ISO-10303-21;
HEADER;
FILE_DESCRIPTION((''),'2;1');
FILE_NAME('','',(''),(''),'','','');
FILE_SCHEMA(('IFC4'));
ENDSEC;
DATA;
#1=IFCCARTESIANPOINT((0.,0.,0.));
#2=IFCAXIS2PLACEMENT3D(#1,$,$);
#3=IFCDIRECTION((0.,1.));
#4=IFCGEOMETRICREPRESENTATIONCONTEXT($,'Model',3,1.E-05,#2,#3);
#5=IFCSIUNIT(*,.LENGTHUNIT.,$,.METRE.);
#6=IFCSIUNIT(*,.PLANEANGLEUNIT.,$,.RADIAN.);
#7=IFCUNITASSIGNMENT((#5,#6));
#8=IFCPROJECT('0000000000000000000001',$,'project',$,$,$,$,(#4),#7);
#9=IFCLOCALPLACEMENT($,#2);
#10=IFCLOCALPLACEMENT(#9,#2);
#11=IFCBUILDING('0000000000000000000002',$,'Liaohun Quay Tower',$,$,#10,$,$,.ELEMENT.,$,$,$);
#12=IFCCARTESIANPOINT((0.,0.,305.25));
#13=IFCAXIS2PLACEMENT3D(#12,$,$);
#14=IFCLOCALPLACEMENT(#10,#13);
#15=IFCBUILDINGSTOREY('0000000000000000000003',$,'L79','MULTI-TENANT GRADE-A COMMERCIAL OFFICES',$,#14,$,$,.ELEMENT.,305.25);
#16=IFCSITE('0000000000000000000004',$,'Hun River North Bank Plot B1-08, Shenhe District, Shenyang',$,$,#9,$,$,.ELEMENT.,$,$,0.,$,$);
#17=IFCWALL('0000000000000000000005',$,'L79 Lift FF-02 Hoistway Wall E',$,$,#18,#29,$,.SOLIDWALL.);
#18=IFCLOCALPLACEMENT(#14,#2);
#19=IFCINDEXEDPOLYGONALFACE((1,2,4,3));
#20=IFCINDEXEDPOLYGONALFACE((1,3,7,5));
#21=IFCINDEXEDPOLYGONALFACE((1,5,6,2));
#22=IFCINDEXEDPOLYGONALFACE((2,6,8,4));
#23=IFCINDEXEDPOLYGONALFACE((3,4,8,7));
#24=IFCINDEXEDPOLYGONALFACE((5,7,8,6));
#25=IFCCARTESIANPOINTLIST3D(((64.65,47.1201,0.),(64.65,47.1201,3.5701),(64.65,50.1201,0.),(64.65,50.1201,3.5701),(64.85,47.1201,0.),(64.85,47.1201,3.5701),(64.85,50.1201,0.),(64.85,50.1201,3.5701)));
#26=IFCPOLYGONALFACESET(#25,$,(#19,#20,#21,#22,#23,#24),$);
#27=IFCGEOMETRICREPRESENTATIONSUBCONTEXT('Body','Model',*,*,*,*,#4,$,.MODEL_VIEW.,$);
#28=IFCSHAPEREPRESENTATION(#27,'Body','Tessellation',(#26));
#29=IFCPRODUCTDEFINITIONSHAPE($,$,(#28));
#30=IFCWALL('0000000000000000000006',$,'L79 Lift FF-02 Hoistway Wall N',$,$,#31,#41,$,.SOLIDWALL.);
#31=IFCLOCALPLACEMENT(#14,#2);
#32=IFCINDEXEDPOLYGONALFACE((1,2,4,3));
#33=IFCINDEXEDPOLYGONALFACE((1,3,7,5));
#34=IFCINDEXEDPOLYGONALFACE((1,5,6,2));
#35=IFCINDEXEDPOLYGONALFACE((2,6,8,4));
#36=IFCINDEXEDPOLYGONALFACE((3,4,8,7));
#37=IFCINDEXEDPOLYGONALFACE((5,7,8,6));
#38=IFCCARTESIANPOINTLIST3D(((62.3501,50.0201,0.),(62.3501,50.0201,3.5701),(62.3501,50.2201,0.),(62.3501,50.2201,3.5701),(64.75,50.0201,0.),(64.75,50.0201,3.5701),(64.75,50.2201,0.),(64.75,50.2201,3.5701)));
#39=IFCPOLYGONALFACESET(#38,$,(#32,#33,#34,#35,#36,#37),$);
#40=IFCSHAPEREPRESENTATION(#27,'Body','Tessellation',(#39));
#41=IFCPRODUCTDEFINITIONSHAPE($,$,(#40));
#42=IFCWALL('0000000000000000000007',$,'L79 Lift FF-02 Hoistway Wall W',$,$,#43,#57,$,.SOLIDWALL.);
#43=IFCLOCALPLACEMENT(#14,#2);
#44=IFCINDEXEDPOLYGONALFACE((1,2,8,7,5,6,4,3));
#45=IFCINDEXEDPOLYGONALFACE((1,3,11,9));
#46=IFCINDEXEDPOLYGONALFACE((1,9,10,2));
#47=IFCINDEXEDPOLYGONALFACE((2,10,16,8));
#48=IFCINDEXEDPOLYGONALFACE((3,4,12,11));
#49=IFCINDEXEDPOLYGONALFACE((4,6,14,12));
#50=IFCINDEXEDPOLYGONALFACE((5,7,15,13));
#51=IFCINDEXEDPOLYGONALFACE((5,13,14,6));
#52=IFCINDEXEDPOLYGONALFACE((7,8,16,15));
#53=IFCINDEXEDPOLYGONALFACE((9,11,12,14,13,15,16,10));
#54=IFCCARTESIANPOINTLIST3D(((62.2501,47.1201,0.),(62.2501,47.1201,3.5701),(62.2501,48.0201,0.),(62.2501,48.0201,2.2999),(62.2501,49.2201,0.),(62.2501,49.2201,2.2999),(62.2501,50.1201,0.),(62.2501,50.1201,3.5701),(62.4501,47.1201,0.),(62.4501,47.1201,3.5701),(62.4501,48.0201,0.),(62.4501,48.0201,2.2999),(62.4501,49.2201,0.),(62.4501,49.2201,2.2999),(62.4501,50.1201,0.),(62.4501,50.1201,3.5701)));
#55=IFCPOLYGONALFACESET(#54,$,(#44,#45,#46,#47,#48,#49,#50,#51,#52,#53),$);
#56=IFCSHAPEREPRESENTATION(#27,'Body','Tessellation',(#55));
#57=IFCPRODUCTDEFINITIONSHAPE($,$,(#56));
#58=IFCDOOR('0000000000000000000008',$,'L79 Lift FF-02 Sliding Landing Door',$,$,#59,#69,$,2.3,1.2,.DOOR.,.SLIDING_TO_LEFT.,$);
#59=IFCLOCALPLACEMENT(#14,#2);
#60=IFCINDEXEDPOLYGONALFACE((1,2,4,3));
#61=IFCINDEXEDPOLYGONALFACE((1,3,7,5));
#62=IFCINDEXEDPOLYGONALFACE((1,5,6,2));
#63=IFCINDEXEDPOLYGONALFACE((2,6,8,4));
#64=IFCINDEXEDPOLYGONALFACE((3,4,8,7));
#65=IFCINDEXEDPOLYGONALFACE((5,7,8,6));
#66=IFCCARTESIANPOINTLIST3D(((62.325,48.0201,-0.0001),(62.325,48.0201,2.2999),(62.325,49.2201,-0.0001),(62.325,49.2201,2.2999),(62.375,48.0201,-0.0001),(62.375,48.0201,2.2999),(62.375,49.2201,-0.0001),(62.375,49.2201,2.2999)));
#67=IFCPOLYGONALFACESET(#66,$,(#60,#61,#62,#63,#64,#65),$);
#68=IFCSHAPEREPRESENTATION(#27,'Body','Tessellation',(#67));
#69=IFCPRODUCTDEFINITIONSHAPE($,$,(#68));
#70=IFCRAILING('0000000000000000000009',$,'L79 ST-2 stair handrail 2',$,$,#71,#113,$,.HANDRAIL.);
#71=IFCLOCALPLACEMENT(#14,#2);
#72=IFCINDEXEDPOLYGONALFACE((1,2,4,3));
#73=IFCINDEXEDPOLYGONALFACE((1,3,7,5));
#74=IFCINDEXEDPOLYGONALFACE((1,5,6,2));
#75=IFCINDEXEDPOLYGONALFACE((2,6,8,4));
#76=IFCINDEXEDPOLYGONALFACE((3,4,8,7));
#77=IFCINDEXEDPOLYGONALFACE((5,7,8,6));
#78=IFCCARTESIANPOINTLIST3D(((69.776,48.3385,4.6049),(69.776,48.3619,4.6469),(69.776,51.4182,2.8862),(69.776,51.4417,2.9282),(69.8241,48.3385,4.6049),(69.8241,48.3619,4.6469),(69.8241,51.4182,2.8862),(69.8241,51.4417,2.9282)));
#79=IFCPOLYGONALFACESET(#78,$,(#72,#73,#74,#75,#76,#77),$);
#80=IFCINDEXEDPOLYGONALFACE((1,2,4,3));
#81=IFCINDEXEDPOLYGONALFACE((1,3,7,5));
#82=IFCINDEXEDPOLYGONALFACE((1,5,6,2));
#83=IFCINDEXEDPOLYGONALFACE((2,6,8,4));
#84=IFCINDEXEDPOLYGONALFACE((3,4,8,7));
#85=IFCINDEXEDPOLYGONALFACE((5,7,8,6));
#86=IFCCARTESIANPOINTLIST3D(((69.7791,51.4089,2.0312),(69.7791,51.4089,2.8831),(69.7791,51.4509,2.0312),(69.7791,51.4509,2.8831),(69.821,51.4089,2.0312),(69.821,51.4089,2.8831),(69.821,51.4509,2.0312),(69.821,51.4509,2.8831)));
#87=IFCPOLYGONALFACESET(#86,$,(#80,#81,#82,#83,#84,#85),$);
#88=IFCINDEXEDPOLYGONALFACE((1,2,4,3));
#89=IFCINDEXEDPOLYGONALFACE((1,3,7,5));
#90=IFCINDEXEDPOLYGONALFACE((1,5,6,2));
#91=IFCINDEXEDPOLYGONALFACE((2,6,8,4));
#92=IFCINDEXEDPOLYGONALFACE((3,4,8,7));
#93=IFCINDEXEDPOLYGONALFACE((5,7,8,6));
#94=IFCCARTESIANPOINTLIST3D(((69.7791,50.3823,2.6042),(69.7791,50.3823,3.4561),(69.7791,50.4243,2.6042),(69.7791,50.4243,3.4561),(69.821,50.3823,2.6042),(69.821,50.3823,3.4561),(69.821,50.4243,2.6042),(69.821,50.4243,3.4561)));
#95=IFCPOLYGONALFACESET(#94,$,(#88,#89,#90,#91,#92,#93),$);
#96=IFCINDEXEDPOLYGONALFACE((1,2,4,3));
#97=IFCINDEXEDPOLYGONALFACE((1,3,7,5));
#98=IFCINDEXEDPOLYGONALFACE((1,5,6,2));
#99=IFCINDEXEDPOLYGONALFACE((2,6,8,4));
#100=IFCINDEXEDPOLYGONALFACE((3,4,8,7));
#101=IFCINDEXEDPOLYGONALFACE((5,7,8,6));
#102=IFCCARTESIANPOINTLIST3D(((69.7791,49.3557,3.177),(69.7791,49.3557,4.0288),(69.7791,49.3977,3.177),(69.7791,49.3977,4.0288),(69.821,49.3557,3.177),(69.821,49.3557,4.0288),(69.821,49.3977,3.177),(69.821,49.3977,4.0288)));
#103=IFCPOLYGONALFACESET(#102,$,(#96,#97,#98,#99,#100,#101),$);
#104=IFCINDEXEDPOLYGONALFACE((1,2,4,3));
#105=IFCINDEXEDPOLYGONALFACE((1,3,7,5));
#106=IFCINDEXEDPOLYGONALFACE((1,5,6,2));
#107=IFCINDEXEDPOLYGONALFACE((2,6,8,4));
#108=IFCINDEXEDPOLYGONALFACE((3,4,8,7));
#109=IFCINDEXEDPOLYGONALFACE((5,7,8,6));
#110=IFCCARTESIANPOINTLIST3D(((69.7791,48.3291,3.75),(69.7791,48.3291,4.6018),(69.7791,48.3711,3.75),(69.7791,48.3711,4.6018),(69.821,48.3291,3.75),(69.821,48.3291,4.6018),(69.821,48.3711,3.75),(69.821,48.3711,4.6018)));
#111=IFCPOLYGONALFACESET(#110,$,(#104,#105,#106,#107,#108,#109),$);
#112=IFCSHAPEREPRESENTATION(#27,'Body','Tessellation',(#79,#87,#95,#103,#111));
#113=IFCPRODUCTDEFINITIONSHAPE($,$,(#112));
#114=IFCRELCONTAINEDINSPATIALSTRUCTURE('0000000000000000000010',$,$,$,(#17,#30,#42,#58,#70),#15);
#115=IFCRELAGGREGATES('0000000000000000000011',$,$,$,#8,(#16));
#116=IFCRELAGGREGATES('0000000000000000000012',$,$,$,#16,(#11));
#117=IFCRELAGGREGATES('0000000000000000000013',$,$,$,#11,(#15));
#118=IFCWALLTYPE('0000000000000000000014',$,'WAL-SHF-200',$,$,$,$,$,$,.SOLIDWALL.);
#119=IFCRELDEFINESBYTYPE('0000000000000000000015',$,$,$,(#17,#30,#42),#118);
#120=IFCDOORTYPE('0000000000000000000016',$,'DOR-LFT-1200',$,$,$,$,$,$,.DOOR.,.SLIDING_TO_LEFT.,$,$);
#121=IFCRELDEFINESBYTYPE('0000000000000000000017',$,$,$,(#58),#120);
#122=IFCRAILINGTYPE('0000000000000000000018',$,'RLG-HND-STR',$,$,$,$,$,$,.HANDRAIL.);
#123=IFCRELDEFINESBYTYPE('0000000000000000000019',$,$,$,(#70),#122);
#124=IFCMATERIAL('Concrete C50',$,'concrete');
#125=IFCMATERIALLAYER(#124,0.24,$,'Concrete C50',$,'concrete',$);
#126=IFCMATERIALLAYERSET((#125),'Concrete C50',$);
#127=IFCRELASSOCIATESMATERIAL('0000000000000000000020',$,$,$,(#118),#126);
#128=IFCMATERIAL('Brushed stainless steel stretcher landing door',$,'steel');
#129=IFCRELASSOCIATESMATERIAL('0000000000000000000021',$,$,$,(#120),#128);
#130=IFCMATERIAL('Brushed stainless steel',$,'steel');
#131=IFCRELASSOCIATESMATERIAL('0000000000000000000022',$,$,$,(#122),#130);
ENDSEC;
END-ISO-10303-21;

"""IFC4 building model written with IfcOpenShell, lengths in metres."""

from ifc_helpers import new_model, si_unit, direction, frame, frame_2d, origin, origin_2d, place, context, subcontext, project, spatial, rectangle, extrude, source, transform, mapped, material, layer, layer_set, type_object, element, fill, save


model = new_model("IFC4")

# Units and contexts
model_context = context("Model", 3, precision=1e-05, world=origin(), true_north=direction((0.0, 1.0)))
body_context = subcontext(model_context, "Body", "Model", "MODEL_VIEW")
ifc_project = project(units=[si_unit("LENGTHUNIT", "METRE"), si_unit("PLANEANGLEUNIT", "RADIAN")], contexts=[model_context])

# Site, building, storey
site_placement = place(None, origin())
site = spatial("IfcSite", under=ifc_project, at=site_placement, Name="Hun River North Bank Plot B1-08, Shenhe District, Shenyang", CompositionType="ELEMENT", RefElevation=0.0)
building_placement = place(site_placement, origin())
building = spatial("IfcBuilding", under=site, at=building_placement, Name="Liaohun Quay Tower", CompositionType="ELEMENT")
storey_placement = place(building_placement, frame((0.0, 0.0, 305.25)))
storey = spatial("IfcBuildingStorey", under=building, at=storey_placement, Name="L79", Description="MULTI-TENANT GRADE-A COMMERCIAL OFFICES", CompositionType="ELEMENT", Elevation=305.25)

# Walls
ifc_material_1 = material(Name="Concrete C50", Category="concrete")
ifc_layer_1 = layer(ifc_material_1, 0.24, Name="Concrete C50", Category="concrete")
ifc_layer_set_1 = layer_set([ifc_layer_1], Name="Concrete C50")
wall_type_1 = type_object("IfcWallType", Name="WAL-SHF-200", PredefinedType="SOLIDWALL", material=ifc_layer_set_1)
wall_1_placement = place(storey_placement, frame((64.75, 47.1201, 0.0), z_axis=(0.0, 0.0, 1.0), x_axis=(0.0, 1.0, 0.0)))
element("IfcWall", 1, at=wall_1_placement, inside=storey, type_object=wall_type_1, Name="L79 Lift FF-02 Hoistway Wall E", PredefinedType="SOLIDWALL", context=body_context, shape_type="SweptSolid", body=[
    extrude(rectangle(XDim=3.0, YDim=0.2, at=frame_2d((1.5, 0.0))), origin(), (0.0, 0.0, 1.0), 3.5701),
])
wall_2_placement = place(storey_placement, frame((64.75, 50.1201, 0.0), z_axis=(0.0, 0.0, 1.0), x_axis=(-1.0, 0.0, 0.0)))
element("IfcWall", 2, at=wall_2_placement, inside=storey, type_object=wall_type_1, Name="L79 Lift FF-02 Hoistway Wall N", PredefinedType="SOLIDWALL", context=body_context, shape_type="SweptSolid", body=[
    extrude(rectangle(XDim=2.3999, YDim=0.2, at=frame_2d((1.2, 0.0))), origin(), (0.0, 0.0, 1.0), 3.5701),
])

# Wall, opening, door
wall_3_placement = place(storey_placement, frame((62.3501, 50.1201, 0.0), z_axis=(0.0, 0.0, 1.0), x_axis=(0.0, -1.0, 0.0)))
wall_3 = element("IfcWall", 3, at=wall_3_placement, inside=storey, type_object=wall_type_1, Name="L79 Lift FF-02 Hoistway Wall W", PredefinedType="SOLIDWALL", context=body_context, shape_type="SweptSolid", body=[
    extrude(rectangle(XDim=3.0, YDim=0.2, at=frame_2d((1.5, 0.0))), origin(), (0.0, 0.0, 1.0), 3.5701),
])
shared_shape_1 = source(origin(), body_context, "Body", "SweptSolid", [
    extrude(rectangle(XDim=1.2, YDim=2.3, at=frame_2d((0.6001, 1.1499))), frame((0.0, 0.1099, 0.0), z_axis=(0.0, -1.0, 0.0), x_axis=(1.0, 0.0, 0.0)), (0.0, 0.0, 1.0), 0.22),
])
opening_1_placement = place(wall_3_placement, frame((0.8999, 0.0, 0.0)))
opening_1 = element("IfcOpeningElement", 4, at=opening_1_placement, cuts=wall_3, PredefinedType="OPENING", context=body_context, shape_type="MappedRepresentation", body=[
    mapped(shared_shape_1, transform((0.0, 0.0, 0.0), x_axis=(1.0, 0.0, 0.0), y_axis=(0.0, 1.0, 0.0), z_axis=(0.0, 0.0, 1.0), scale=1.0)),
])
ifc_material_2 = material(Name="Brushed stainless steel stretcher landing door", Category="steel")
door_type_1 = type_object("IfcDoorType", Name="DOR-LFT-1200", OperationType="SLIDING_TO_LEFT", PredefinedType="DOOR", material=ifc_material_2)
shared_shape_2 = source(origin(), body_context, "Body", "SweptSolid", [
    extrude(rectangle(XDim=1.2, YDim=2.3, at=frame_2d((0.6001, 1.1499))), frame((0.0, 0.0249, 0.0), z_axis=(0.0, -1.0, 0.0), x_axis=(1.0, 0.0, 0.0)), (0.0, 0.0, 1.0), 0.05),
])
door_1_placement = place(opening_1_placement, origin())
door_1 = element("IfcDoor", 5, at=door_1_placement, inside=storey, type_object=door_type_1, Name="L79 Lift FF-02 Sliding Landing Door", OperationType="SLIDING_TO_LEFT", OverallHeight=2.3, OverallWidth=1.2, PredefinedType="DOOR", context=body_context, shape_type="MappedRepresentation", body=[
    mapped(shared_shape_2, transform((0.0, 0.0, 0.0), x_axis=(1.0, 0.0, 0.0), y_axis=(0.0, 1.0, 0.0), z_axis=(0.0, 0.0, 1.0), scale=1.0)),
])
fill(opening_1, door_1)

# Railing
ifc_material_3 = material(Name="Brushed stainless steel", Category="steel")
railing_type = type_object("IfcRailingType", Name="RLG-HND-STR", PredefinedType="HANDRAIL", material=ifc_material_3)
railing_placement = place(storey_placement, frame((69.8, 51.4299, 2.0312)))
element("IfcRailing", 6, at=railing_placement, inside=storey, type_object=railing_type, Name="L79 ST-2 stair handrail 2", PredefinedType="HANDRAIL", context=body_context, shape_type="SweptSolid", body=[
    extrude(rectangle(XDim=0.0481, YDim=0.0481, at=origin_2d()), frame((0.0, 0.0, 0.876), z_axis=(0.0, -0.873225, 0.487317), x_axis=(1.0, 0.0, 0.0)), (0.0, 0.0, 1.0), 3.5269),
    extrude(rectangle(XDim=0.042, YDim=0.042, at=origin_2d()), origin(), (0.0, 0.0, 1.0), 0.8518),
    extrude(rectangle(XDim=0.042, YDim=0.042, at=origin_2d()), frame((0.0, -1.0266, 0.573)), (0.0, 0.0, 1.0), 0.8518),
    extrude(rectangle(XDim=0.042, YDim=0.042, at=origin_2d()), frame((0.0, -2.0532, 1.1458)), (0.0, 0.0, 1.0), 0.8518),
    extrude(rectangle(XDim=0.042, YDim=0.042, at=origin_2d()), frame((0.0, -3.0798, 1.7188)), (0.0, 0.0, 1.0), 0.8518),
])

save(model, "model.ifc")
